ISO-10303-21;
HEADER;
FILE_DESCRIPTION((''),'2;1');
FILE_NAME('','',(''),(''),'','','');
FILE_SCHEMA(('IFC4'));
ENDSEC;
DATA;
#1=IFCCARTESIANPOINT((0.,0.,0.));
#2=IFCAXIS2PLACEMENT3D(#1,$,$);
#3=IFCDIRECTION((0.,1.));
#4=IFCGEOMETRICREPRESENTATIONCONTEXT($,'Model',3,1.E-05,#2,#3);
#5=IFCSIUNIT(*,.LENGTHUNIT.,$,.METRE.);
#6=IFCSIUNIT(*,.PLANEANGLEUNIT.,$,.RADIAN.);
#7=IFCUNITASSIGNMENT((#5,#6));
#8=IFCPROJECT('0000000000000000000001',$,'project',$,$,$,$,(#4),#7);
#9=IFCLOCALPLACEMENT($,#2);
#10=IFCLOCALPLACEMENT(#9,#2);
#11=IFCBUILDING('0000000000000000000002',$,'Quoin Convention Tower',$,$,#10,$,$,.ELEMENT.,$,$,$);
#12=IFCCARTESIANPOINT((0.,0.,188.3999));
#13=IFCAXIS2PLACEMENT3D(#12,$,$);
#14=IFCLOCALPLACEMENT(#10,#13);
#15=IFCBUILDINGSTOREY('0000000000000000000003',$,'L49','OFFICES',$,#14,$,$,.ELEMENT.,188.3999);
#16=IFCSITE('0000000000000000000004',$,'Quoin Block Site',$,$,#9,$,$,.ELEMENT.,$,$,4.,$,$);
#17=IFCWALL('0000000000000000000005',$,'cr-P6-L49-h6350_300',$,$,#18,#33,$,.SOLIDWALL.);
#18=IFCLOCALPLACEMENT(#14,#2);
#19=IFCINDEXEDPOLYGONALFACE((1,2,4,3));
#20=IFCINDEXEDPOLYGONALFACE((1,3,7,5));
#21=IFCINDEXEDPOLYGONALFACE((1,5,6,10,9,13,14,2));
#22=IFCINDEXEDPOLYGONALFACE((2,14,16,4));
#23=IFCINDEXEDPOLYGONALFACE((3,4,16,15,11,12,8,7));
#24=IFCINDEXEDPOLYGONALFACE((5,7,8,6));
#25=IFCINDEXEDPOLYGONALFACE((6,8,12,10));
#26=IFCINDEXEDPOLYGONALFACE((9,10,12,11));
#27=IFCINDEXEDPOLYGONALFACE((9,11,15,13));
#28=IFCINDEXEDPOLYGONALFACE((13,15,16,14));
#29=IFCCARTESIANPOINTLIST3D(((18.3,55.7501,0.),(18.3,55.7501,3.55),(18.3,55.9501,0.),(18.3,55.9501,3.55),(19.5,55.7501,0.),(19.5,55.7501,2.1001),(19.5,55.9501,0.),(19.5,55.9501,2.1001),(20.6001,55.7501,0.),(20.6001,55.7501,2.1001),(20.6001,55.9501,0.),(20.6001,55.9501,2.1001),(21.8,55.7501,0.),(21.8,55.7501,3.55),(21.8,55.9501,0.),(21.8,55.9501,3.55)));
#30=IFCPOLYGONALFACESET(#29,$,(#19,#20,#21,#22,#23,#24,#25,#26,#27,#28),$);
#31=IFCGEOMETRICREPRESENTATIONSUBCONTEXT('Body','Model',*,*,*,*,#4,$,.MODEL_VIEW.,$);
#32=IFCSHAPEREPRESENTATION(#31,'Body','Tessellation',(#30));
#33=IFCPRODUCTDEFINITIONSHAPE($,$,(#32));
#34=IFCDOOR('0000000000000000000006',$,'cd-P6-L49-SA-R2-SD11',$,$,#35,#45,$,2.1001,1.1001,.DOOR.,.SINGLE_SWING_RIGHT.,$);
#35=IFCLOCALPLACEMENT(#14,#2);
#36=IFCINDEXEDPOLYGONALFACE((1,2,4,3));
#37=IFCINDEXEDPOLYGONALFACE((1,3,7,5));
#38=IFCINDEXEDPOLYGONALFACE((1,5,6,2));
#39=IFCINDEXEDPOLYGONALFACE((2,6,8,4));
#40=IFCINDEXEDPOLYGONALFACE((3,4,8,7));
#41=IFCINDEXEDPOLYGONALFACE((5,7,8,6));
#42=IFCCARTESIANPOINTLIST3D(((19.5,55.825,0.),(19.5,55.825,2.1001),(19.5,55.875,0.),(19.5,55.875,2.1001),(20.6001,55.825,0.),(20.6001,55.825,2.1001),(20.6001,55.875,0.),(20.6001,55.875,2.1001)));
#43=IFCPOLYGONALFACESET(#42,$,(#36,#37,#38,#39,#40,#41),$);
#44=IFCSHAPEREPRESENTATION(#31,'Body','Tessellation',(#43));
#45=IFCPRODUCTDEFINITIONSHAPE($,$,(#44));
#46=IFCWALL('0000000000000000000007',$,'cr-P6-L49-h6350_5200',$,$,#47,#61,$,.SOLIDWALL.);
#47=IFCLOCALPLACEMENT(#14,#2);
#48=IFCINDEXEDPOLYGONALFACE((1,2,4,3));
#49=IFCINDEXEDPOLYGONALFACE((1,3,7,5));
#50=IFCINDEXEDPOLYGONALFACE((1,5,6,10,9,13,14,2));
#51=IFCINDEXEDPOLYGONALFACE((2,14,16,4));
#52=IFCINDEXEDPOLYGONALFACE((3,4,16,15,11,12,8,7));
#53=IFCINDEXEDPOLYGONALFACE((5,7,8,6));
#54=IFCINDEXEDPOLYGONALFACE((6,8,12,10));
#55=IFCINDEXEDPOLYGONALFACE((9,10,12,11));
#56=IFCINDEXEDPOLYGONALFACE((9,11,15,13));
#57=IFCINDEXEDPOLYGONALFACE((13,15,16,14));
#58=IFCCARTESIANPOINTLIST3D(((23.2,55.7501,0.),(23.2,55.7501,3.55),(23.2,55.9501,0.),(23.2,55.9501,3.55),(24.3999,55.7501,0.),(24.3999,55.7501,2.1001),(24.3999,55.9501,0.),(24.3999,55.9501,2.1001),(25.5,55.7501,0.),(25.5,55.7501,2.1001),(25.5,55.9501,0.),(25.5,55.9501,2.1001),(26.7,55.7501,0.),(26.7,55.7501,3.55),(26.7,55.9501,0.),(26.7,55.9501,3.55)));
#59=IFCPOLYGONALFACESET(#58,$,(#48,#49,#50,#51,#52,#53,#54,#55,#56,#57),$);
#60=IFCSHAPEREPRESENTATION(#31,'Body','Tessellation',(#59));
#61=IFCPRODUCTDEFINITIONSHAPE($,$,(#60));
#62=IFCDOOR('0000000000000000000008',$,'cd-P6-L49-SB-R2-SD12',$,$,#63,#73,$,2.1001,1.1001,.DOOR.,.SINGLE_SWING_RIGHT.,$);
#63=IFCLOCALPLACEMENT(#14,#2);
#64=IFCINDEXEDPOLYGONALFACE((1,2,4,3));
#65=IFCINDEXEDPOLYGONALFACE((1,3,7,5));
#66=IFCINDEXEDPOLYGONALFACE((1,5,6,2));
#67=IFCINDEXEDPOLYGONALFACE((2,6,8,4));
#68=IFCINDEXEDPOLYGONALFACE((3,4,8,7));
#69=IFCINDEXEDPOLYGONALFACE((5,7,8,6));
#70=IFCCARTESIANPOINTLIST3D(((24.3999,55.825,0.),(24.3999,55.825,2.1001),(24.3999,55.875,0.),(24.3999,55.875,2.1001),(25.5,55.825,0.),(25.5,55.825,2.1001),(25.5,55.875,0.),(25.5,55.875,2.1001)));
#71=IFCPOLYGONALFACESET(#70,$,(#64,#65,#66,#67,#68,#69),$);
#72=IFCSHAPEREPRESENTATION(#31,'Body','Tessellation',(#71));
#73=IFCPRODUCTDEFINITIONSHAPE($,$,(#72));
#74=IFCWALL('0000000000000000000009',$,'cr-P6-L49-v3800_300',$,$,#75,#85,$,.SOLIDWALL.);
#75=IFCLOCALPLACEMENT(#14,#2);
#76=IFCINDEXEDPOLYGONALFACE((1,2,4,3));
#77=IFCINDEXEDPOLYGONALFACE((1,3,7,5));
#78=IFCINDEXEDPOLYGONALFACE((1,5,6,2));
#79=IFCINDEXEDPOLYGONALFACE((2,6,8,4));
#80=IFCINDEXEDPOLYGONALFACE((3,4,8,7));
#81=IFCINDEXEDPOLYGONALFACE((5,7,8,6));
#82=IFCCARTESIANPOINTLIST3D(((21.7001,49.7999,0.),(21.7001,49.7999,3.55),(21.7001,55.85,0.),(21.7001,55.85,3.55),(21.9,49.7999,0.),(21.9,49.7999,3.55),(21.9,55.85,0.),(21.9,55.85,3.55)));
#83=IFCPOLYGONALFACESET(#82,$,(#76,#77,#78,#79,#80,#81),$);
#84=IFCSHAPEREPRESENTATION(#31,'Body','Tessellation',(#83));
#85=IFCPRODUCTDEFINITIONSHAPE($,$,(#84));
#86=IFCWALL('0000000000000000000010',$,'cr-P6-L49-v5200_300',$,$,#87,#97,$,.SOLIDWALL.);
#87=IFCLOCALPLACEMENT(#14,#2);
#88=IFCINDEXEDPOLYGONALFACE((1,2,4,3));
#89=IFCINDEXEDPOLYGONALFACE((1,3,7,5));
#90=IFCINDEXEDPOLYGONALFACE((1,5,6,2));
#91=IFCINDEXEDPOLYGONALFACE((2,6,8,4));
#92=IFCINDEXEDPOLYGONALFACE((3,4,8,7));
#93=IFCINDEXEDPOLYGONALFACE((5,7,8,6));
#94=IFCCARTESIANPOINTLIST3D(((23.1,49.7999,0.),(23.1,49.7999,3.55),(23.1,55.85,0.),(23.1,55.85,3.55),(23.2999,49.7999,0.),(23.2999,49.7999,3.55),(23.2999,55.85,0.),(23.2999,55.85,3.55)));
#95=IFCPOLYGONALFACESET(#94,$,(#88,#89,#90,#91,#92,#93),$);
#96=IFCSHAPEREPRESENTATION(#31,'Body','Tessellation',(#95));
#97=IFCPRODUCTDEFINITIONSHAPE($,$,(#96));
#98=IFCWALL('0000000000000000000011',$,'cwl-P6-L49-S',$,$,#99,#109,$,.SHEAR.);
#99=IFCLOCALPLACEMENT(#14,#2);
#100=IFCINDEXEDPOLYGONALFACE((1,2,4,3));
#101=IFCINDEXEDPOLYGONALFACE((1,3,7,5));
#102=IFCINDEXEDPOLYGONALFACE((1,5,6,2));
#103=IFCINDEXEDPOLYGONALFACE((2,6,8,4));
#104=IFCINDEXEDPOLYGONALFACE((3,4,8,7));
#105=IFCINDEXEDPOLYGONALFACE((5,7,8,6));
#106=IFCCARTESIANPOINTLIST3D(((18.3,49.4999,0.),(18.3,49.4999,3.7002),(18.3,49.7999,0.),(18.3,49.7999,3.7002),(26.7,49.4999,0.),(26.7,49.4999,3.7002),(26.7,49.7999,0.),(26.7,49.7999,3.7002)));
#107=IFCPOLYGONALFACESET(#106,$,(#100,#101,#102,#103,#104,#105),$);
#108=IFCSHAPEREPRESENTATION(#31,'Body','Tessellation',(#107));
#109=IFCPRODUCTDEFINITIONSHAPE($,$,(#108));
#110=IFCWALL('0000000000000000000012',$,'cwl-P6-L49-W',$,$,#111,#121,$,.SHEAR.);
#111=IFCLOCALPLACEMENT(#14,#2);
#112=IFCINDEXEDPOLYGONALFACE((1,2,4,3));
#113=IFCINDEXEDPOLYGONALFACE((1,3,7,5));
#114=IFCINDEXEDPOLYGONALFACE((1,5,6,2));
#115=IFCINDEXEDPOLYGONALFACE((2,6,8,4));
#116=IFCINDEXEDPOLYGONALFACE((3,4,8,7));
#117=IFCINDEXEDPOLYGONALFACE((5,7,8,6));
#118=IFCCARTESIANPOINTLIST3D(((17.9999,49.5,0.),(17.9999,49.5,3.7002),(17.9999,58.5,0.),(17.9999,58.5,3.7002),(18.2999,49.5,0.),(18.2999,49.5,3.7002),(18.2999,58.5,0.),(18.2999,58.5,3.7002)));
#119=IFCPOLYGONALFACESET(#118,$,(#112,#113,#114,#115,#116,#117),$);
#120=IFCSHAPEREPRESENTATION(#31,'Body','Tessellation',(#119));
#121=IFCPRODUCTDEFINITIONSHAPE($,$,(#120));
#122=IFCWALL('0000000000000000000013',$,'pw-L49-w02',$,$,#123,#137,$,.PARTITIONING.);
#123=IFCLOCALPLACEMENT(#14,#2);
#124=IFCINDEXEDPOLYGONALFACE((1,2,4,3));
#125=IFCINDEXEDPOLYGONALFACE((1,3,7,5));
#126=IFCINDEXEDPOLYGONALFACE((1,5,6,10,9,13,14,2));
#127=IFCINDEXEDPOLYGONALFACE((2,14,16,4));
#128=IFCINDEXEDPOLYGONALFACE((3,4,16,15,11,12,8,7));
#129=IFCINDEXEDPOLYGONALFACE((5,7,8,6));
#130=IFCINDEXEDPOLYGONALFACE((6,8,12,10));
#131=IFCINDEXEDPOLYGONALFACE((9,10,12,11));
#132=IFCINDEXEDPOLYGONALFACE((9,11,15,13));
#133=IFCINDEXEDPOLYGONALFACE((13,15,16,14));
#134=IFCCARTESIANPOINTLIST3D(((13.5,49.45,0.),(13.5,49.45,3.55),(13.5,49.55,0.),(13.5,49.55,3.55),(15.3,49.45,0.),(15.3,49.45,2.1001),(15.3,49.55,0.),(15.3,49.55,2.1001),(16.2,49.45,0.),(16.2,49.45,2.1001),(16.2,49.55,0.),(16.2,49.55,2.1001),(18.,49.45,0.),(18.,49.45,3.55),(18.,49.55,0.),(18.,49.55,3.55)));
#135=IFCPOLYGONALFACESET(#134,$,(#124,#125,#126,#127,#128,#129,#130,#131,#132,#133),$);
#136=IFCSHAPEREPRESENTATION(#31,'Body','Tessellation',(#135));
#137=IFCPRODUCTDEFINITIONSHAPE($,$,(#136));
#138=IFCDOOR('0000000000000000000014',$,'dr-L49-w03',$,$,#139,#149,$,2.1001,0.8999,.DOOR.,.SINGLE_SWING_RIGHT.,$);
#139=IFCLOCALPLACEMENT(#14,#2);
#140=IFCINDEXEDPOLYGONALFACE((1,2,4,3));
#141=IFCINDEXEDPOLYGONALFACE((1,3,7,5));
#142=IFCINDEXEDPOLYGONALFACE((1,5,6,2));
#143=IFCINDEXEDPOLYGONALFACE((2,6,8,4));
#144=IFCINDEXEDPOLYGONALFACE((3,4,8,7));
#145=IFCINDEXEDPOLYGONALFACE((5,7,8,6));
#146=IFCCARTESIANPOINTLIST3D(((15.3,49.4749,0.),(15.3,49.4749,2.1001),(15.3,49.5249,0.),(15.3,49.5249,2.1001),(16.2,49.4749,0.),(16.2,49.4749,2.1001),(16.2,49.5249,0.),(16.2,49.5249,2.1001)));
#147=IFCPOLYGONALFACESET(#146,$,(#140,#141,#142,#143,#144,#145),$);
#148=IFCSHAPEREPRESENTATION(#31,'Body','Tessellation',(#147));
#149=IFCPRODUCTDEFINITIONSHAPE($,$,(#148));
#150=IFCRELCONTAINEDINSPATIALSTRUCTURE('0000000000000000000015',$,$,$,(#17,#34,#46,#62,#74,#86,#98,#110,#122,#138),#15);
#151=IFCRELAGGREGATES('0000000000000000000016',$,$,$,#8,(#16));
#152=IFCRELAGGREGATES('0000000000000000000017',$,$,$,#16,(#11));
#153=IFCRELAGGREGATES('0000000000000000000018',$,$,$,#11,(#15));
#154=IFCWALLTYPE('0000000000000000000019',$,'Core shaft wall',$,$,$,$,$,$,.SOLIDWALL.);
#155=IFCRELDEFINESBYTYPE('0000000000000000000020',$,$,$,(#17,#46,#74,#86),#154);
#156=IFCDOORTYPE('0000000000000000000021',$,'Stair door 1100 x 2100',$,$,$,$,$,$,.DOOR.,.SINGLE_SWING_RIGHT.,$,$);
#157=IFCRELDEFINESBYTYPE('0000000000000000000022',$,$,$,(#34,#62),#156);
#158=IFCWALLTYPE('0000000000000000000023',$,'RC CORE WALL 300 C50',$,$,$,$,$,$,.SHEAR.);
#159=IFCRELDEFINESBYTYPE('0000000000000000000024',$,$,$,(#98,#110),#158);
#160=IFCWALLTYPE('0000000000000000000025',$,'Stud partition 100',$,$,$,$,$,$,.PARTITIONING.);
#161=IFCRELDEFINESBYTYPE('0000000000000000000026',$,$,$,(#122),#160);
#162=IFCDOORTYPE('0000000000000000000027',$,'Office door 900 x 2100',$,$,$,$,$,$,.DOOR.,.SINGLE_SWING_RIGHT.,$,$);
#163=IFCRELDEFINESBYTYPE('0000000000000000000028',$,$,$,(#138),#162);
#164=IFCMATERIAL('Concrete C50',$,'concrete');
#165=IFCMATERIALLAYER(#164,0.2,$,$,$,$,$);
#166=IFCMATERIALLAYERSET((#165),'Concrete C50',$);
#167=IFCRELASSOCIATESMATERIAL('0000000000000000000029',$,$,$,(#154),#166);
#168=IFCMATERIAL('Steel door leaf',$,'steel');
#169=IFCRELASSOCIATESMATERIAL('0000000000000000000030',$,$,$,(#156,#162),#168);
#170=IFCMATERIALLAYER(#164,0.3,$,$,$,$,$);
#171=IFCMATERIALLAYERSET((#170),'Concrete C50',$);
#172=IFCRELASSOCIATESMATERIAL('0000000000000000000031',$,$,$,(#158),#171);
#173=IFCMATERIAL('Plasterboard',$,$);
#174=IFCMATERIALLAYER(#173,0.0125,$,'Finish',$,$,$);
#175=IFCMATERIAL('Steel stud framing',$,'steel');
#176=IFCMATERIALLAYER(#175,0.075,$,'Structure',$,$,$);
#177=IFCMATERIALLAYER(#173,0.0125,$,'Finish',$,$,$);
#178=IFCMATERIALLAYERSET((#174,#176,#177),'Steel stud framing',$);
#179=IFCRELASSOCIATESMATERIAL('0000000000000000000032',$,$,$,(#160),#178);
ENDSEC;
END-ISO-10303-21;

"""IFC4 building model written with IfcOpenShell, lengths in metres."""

from ifc_helpers import new_model, si_unit, direction, frame, frame_2d, origin, place, context, subcontext, project, spatial, rectangle, extrude, material, layer, layer_set, type_object, element, fill, save


model = new_model("IFC4")

# Units and contexts
model_context = context("Model", 3, precision=1e-05, world=origin(), true_north=direction((0.0, 1.0)))
body_context = subcontext(model_context, "Body", "Model", "MODEL_VIEW")
ifc_project = project(units=[si_unit("LENGTHUNIT", "METRE"), si_unit("PLANEANGLEUNIT", "RADIAN")], contexts=[model_context])

# Site, building, storey
site_placement = place(None, origin())
site = spatial("IfcSite", under=ifc_project, at=site_placement, Name="Quoin Block Site", CompositionType="ELEMENT", RefElevation=4.0)
building_placement = place(site_placement, origin())
building = spatial("IfcBuilding", under=site, at=building_placement, Name="Quoin Convention Tower", CompositionType="ELEMENT")
storey_placement = place(building_placement, frame((0.0, 0.0, 188.3999)))
storey = spatial("IfcBuildingStorey", under=building, at=storey_placement, Name="L49", Description="OFFICES", CompositionType="ELEMENT", Elevation=188.3999)

# Shared definitions
ifc_material_1 = material(Name="Concrete C50", Category="concrete")

# Shared definitions
ifc_layer_1 = layer(ifc_material_1, 0.2)
ifc_layer_set_1 = layer_set([ifc_layer_1], Name="Concrete C50")
wall_type_1 = type_object("IfcWallType", Name="Core shaft wall", PredefinedType="SOLIDWALL", material=ifc_layer_set_1)

# Walls, openings, doors
wall_1_placement = place(storey_placement, frame((18.3, 55.8501, 0.0), z_axis=(0.0, 0.0, 1.0), x_axis=(1.0, 0.0, 0.0)))
wall_1 = element("IfcWall", 1, at=wall_1_placement, inside=storey, type_object=wall_type_1, Name="cr-P6-L49-h6350_300", PredefinedType="SOLIDWALL", context=body_context, shape_type="SweptSolid", body=[
    extrude(rectangle(XDim=3.5, YDim=0.2, at=frame_2d((1.75, 0.0))), origin(), (0.0, 0.0, 1.0), 3.55),
])
opening_1_placement = place(wall_1_placement, frame((1.2, 0.0, 0.0)))
opening_1 = element("IfcOpeningElement", 2, at=opening_1_placement, cuts=wall_1, PredefinedType="OPENING", context=body_context, shape_type="SweptSolid", body=[
    extrude(rectangle(XDim=1.1001, YDim=2.1001, at=frame_2d((0.55, 1.05))), frame((0.0, 0.1099, 0.0), z_axis=(0.0, -1.0, 0.0), x_axis=(1.0, 0.0, 0.0)), (0.0, 0.0, 1.0), 0.22),
])
ifc_material_2 = material(Name="Steel door leaf", Category="steel")
door_type_1 = type_object("IfcDoorType", Name="Stair door 1100 x 2100", OperationType="SINGLE_SWING_RIGHT", PredefinedType="DOOR", material=ifc_material_2)
door_1_placement = place(opening_1_placement, origin())
door_1 = element("IfcDoor", 3, at=door_1_placement, inside=storey, type_object=door_type_1, Name="cd-P6-L49-SA-R2-SD11", OperationType="SINGLE_SWING_RIGHT", OverallHeight=2.1001, OverallWidth=1.1001, PredefinedType="DOOR", context=body_context, shape_type="SweptSolid", body=[
    extrude(rectangle(XDim=1.1001, YDim=2.1001, at=frame_2d((0.55, 1.05))), frame((0.0, 0.0249, 0.0), z_axis=(0.0, -1.0, 0.0), x_axis=(1.0, 0.0, 0.0)), (0.0, 0.0, 1.0), 0.05),
])
fill(opening_1, door_1)
wall_2_placement = place(storey_placement, frame((23.2, 55.8501, 0.0), z_axis=(0.0, 0.0, 1.0), x_axis=(1.0, 0.0, 0.0)))
wall_2 = element("IfcWall", 4, at=wall_2_placement, inside=storey, type_object=wall_type_1, Name="cr-P6-L49-h6350_5200", PredefinedType="SOLIDWALL", context=body_context, shape_type="SweptSolid", body=[
    extrude(rectangle(XDim=3.5, YDim=0.2, at=frame_2d((1.75, 0.0))), origin(), (0.0, 0.0, 1.0), 3.55),
])
opening_2_placement = place(wall_2_placement, frame((1.2, 0.0, 0.0)))
opening_2 = element("IfcOpeningElement", 5, at=opening_2_placement, cuts=wall_2, PredefinedType="OPENING", context=body_context, shape_type="SweptSolid", body=[
    extrude(rectangle(XDim=1.1001, YDim=2.1001, at=frame_2d((0.55, 1.05))), frame((0.0, 0.1099, 0.0), z_axis=(0.0, -1.0, 0.0), x_axis=(1.0, 0.0, 0.0)), (0.0, 0.0, 1.0), 0.22),
])
door_2_placement = place(opening_2_placement, origin())
door_2 = element("IfcDoor", 6, at=door_2_placement, inside=storey, type_object=door_type_1, Name="cd-P6-L49-SB-R2-SD12", OperationType="SINGLE_SWING_RIGHT", OverallHeight=2.1001, OverallWidth=1.1001, PredefinedType="DOOR", context=body_context, shape_type="SweptSolid", body=[
    extrude(rectangle(XDim=1.1001, YDim=2.1001, at=frame_2d((0.55, 1.05))), frame((0.0, 0.0249, 0.0), z_axis=(0.0, -1.0, 0.0), x_axis=(1.0, 0.0, 0.0)), (0.0, 0.0, 1.0), 0.05),
])
fill(opening_2, door_2)

# Walls
for number, where, z_axis, x_axis, name in (
    (7, (21.8, 49.8, 0.0), (0.0, 0.0, 1.0), (0.0, 1.0, 0.0), "cr-P6-L49-v3800_300"),
    (8, (23.2, 49.8, 0.0), (0.0, 0.0, 1.0), (0.0, 1.0, 0.0), "cr-P6-L49-v5200_300"),
):
    element("IfcWall", number, at=place(storey_placement, frame(where, z_axis=z_axis, x_axis=x_axis)), inside=storey, type_object=wall_type_1, Name=name, PredefinedType="SOLIDWALL", context=body_context, shape_type="SweptSolid", body=[
        extrude(rectangle(XDim=6.05, YDim=0.2, at=frame_2d((3.0249, 0.0))), origin(), (0.0, 0.0, 1.0), 3.55),
    ])
ifc_layer_2 = layer(ifc_material_1, 0.3)
ifc_layer_set_2 = layer_set([ifc_layer_2], Name="Concrete C50")
wall_type_2 = type_object("IfcWallType", Name="RC CORE WALL 300 C50", PredefinedType="SHEAR", material=ifc_layer_set_2)
wall_3_placement = place(storey_placement, frame((18.3, 49.6499, 0.0), z_axis=(0.0, 0.0, 1.0), x_axis=(1.0, 0.0, 0.0)))
element("IfcWall", 9, at=wall_3_placement, inside=storey, type_object=wall_type_2, Name="cwl-P6-L49-S", PredefinedType="SHEAR", context=body_context, shape_type="SweptSolid", body=[
    extrude(rectangle(XDim=8.3999, YDim=0.3, at=frame_2d((4.2, 0.0))), origin(), (0.0, 0.0, 1.0), 3.7002),
])
wall_4_placement = place(storey_placement, frame((18.1499, 49.5, 0.0), z_axis=(0.0, 0.0, 1.0), x_axis=(0.0, 1.0, 0.0)))
element("IfcWall", 10, at=wall_4_placement, inside=storey, type_object=wall_type_2, Name="cwl-P6-L49-W", PredefinedType="SHEAR", context=body_context, shape_type="SweptSolid", body=[
    extrude(rectangle(XDim=9.0, YDim=0.3, at=frame_2d((4.5, 0.0))), origin(), (0.0, 0.0, 1.0), 3.7002),
])

# Wall, opening, door
ifc_material_3 = material(Name="Plasterboard")
ifc_layer_3 = layer(ifc_material_3, 0.0125, Name="Finish")
ifc_material_4 = material(Name="Steel stud framing", Category="steel")
ifc_layer_4 = layer(ifc_material_4, 0.075, Name="Structure")
ifc_layer_5 = layer(ifc_material_3, 0.0125, Name="Finish")
ifc_layer_set_3 = layer_set([ifc_layer_3, ifc_layer_4, ifc_layer_5], Name="Steel stud framing")
wall_type_3 = type_object("IfcWallType", Name="Stud partition 100", PredefinedType="PARTITIONING", material=ifc_layer_set_3)
wall_5_placement = place(storey_placement, frame((13.5, 49.5, 0.0), z_axis=(0.0, 0.0, 1.0), x_axis=(1.0, 0.0, 0.0)))
wall_5 = element("IfcWall", 11, at=wall_5_placement, inside=storey, type_object=wall_type_3, Name="pw-L49-w02", PredefinedType="PARTITIONING", context=body_context, shape_type="SweptSolid", body=[
    extrude(rectangle(XDim=4.5, YDim=0.1001, at=frame_2d((2.25, 0.0))), origin(), (0.0, 0.0, 1.0), 3.55),
])
opening_3_placement = place(wall_5_placement, frame((1.8, 0.0, 0.0)))
opening_3 = element("IfcOpeningElement", 12, at=opening_3_placement, cuts=wall_5, PredefinedType="OPENING", context=body_context, shape_type="SweptSolid", body=[
    extrude(rectangle(XDim=0.8999, YDim=2.1001, at=frame_2d((0.45, 1.05))), frame((0.0, 0.0601, 0.0), z_axis=(0.0, -1.0, 0.0), x_axis=(1.0, 0.0, 0.0)), (0.0, 0.0, 1.0), 0.1201),
])
door_type_2 = type_object("IfcDoorType", Name="Office door 900 x 2100", OperationType="SINGLE_SWING_RIGHT", PredefinedType="DOOR", material=ifc_material_2)
door_3_placement = place(opening_3_placement, origin())
door_3 = element("IfcDoor", 13, at=door_3_placement, inside=storey, type_object=door_type_2, Name="dr-L49-w03", OperationType="SINGLE_SWING_RIGHT", OverallHeight=2.1001, OverallWidth=0.8999, PredefinedType="DOOR", context=body_context, shape_type="SweptSolid", body=[
    extrude(rectangle(XDim=0.8999, YDim=2.1001, at=frame_2d((0.45, 1.05))), frame((0.0, 0.0249, 0.0), z_axis=(0.0, -1.0, 0.0), x_axis=(1.0, 0.0, 0.0)), (0.0, 0.0, 1.0), 0.05),
])
fill(opening_3, door_3)

save(model, "model.ifc")
